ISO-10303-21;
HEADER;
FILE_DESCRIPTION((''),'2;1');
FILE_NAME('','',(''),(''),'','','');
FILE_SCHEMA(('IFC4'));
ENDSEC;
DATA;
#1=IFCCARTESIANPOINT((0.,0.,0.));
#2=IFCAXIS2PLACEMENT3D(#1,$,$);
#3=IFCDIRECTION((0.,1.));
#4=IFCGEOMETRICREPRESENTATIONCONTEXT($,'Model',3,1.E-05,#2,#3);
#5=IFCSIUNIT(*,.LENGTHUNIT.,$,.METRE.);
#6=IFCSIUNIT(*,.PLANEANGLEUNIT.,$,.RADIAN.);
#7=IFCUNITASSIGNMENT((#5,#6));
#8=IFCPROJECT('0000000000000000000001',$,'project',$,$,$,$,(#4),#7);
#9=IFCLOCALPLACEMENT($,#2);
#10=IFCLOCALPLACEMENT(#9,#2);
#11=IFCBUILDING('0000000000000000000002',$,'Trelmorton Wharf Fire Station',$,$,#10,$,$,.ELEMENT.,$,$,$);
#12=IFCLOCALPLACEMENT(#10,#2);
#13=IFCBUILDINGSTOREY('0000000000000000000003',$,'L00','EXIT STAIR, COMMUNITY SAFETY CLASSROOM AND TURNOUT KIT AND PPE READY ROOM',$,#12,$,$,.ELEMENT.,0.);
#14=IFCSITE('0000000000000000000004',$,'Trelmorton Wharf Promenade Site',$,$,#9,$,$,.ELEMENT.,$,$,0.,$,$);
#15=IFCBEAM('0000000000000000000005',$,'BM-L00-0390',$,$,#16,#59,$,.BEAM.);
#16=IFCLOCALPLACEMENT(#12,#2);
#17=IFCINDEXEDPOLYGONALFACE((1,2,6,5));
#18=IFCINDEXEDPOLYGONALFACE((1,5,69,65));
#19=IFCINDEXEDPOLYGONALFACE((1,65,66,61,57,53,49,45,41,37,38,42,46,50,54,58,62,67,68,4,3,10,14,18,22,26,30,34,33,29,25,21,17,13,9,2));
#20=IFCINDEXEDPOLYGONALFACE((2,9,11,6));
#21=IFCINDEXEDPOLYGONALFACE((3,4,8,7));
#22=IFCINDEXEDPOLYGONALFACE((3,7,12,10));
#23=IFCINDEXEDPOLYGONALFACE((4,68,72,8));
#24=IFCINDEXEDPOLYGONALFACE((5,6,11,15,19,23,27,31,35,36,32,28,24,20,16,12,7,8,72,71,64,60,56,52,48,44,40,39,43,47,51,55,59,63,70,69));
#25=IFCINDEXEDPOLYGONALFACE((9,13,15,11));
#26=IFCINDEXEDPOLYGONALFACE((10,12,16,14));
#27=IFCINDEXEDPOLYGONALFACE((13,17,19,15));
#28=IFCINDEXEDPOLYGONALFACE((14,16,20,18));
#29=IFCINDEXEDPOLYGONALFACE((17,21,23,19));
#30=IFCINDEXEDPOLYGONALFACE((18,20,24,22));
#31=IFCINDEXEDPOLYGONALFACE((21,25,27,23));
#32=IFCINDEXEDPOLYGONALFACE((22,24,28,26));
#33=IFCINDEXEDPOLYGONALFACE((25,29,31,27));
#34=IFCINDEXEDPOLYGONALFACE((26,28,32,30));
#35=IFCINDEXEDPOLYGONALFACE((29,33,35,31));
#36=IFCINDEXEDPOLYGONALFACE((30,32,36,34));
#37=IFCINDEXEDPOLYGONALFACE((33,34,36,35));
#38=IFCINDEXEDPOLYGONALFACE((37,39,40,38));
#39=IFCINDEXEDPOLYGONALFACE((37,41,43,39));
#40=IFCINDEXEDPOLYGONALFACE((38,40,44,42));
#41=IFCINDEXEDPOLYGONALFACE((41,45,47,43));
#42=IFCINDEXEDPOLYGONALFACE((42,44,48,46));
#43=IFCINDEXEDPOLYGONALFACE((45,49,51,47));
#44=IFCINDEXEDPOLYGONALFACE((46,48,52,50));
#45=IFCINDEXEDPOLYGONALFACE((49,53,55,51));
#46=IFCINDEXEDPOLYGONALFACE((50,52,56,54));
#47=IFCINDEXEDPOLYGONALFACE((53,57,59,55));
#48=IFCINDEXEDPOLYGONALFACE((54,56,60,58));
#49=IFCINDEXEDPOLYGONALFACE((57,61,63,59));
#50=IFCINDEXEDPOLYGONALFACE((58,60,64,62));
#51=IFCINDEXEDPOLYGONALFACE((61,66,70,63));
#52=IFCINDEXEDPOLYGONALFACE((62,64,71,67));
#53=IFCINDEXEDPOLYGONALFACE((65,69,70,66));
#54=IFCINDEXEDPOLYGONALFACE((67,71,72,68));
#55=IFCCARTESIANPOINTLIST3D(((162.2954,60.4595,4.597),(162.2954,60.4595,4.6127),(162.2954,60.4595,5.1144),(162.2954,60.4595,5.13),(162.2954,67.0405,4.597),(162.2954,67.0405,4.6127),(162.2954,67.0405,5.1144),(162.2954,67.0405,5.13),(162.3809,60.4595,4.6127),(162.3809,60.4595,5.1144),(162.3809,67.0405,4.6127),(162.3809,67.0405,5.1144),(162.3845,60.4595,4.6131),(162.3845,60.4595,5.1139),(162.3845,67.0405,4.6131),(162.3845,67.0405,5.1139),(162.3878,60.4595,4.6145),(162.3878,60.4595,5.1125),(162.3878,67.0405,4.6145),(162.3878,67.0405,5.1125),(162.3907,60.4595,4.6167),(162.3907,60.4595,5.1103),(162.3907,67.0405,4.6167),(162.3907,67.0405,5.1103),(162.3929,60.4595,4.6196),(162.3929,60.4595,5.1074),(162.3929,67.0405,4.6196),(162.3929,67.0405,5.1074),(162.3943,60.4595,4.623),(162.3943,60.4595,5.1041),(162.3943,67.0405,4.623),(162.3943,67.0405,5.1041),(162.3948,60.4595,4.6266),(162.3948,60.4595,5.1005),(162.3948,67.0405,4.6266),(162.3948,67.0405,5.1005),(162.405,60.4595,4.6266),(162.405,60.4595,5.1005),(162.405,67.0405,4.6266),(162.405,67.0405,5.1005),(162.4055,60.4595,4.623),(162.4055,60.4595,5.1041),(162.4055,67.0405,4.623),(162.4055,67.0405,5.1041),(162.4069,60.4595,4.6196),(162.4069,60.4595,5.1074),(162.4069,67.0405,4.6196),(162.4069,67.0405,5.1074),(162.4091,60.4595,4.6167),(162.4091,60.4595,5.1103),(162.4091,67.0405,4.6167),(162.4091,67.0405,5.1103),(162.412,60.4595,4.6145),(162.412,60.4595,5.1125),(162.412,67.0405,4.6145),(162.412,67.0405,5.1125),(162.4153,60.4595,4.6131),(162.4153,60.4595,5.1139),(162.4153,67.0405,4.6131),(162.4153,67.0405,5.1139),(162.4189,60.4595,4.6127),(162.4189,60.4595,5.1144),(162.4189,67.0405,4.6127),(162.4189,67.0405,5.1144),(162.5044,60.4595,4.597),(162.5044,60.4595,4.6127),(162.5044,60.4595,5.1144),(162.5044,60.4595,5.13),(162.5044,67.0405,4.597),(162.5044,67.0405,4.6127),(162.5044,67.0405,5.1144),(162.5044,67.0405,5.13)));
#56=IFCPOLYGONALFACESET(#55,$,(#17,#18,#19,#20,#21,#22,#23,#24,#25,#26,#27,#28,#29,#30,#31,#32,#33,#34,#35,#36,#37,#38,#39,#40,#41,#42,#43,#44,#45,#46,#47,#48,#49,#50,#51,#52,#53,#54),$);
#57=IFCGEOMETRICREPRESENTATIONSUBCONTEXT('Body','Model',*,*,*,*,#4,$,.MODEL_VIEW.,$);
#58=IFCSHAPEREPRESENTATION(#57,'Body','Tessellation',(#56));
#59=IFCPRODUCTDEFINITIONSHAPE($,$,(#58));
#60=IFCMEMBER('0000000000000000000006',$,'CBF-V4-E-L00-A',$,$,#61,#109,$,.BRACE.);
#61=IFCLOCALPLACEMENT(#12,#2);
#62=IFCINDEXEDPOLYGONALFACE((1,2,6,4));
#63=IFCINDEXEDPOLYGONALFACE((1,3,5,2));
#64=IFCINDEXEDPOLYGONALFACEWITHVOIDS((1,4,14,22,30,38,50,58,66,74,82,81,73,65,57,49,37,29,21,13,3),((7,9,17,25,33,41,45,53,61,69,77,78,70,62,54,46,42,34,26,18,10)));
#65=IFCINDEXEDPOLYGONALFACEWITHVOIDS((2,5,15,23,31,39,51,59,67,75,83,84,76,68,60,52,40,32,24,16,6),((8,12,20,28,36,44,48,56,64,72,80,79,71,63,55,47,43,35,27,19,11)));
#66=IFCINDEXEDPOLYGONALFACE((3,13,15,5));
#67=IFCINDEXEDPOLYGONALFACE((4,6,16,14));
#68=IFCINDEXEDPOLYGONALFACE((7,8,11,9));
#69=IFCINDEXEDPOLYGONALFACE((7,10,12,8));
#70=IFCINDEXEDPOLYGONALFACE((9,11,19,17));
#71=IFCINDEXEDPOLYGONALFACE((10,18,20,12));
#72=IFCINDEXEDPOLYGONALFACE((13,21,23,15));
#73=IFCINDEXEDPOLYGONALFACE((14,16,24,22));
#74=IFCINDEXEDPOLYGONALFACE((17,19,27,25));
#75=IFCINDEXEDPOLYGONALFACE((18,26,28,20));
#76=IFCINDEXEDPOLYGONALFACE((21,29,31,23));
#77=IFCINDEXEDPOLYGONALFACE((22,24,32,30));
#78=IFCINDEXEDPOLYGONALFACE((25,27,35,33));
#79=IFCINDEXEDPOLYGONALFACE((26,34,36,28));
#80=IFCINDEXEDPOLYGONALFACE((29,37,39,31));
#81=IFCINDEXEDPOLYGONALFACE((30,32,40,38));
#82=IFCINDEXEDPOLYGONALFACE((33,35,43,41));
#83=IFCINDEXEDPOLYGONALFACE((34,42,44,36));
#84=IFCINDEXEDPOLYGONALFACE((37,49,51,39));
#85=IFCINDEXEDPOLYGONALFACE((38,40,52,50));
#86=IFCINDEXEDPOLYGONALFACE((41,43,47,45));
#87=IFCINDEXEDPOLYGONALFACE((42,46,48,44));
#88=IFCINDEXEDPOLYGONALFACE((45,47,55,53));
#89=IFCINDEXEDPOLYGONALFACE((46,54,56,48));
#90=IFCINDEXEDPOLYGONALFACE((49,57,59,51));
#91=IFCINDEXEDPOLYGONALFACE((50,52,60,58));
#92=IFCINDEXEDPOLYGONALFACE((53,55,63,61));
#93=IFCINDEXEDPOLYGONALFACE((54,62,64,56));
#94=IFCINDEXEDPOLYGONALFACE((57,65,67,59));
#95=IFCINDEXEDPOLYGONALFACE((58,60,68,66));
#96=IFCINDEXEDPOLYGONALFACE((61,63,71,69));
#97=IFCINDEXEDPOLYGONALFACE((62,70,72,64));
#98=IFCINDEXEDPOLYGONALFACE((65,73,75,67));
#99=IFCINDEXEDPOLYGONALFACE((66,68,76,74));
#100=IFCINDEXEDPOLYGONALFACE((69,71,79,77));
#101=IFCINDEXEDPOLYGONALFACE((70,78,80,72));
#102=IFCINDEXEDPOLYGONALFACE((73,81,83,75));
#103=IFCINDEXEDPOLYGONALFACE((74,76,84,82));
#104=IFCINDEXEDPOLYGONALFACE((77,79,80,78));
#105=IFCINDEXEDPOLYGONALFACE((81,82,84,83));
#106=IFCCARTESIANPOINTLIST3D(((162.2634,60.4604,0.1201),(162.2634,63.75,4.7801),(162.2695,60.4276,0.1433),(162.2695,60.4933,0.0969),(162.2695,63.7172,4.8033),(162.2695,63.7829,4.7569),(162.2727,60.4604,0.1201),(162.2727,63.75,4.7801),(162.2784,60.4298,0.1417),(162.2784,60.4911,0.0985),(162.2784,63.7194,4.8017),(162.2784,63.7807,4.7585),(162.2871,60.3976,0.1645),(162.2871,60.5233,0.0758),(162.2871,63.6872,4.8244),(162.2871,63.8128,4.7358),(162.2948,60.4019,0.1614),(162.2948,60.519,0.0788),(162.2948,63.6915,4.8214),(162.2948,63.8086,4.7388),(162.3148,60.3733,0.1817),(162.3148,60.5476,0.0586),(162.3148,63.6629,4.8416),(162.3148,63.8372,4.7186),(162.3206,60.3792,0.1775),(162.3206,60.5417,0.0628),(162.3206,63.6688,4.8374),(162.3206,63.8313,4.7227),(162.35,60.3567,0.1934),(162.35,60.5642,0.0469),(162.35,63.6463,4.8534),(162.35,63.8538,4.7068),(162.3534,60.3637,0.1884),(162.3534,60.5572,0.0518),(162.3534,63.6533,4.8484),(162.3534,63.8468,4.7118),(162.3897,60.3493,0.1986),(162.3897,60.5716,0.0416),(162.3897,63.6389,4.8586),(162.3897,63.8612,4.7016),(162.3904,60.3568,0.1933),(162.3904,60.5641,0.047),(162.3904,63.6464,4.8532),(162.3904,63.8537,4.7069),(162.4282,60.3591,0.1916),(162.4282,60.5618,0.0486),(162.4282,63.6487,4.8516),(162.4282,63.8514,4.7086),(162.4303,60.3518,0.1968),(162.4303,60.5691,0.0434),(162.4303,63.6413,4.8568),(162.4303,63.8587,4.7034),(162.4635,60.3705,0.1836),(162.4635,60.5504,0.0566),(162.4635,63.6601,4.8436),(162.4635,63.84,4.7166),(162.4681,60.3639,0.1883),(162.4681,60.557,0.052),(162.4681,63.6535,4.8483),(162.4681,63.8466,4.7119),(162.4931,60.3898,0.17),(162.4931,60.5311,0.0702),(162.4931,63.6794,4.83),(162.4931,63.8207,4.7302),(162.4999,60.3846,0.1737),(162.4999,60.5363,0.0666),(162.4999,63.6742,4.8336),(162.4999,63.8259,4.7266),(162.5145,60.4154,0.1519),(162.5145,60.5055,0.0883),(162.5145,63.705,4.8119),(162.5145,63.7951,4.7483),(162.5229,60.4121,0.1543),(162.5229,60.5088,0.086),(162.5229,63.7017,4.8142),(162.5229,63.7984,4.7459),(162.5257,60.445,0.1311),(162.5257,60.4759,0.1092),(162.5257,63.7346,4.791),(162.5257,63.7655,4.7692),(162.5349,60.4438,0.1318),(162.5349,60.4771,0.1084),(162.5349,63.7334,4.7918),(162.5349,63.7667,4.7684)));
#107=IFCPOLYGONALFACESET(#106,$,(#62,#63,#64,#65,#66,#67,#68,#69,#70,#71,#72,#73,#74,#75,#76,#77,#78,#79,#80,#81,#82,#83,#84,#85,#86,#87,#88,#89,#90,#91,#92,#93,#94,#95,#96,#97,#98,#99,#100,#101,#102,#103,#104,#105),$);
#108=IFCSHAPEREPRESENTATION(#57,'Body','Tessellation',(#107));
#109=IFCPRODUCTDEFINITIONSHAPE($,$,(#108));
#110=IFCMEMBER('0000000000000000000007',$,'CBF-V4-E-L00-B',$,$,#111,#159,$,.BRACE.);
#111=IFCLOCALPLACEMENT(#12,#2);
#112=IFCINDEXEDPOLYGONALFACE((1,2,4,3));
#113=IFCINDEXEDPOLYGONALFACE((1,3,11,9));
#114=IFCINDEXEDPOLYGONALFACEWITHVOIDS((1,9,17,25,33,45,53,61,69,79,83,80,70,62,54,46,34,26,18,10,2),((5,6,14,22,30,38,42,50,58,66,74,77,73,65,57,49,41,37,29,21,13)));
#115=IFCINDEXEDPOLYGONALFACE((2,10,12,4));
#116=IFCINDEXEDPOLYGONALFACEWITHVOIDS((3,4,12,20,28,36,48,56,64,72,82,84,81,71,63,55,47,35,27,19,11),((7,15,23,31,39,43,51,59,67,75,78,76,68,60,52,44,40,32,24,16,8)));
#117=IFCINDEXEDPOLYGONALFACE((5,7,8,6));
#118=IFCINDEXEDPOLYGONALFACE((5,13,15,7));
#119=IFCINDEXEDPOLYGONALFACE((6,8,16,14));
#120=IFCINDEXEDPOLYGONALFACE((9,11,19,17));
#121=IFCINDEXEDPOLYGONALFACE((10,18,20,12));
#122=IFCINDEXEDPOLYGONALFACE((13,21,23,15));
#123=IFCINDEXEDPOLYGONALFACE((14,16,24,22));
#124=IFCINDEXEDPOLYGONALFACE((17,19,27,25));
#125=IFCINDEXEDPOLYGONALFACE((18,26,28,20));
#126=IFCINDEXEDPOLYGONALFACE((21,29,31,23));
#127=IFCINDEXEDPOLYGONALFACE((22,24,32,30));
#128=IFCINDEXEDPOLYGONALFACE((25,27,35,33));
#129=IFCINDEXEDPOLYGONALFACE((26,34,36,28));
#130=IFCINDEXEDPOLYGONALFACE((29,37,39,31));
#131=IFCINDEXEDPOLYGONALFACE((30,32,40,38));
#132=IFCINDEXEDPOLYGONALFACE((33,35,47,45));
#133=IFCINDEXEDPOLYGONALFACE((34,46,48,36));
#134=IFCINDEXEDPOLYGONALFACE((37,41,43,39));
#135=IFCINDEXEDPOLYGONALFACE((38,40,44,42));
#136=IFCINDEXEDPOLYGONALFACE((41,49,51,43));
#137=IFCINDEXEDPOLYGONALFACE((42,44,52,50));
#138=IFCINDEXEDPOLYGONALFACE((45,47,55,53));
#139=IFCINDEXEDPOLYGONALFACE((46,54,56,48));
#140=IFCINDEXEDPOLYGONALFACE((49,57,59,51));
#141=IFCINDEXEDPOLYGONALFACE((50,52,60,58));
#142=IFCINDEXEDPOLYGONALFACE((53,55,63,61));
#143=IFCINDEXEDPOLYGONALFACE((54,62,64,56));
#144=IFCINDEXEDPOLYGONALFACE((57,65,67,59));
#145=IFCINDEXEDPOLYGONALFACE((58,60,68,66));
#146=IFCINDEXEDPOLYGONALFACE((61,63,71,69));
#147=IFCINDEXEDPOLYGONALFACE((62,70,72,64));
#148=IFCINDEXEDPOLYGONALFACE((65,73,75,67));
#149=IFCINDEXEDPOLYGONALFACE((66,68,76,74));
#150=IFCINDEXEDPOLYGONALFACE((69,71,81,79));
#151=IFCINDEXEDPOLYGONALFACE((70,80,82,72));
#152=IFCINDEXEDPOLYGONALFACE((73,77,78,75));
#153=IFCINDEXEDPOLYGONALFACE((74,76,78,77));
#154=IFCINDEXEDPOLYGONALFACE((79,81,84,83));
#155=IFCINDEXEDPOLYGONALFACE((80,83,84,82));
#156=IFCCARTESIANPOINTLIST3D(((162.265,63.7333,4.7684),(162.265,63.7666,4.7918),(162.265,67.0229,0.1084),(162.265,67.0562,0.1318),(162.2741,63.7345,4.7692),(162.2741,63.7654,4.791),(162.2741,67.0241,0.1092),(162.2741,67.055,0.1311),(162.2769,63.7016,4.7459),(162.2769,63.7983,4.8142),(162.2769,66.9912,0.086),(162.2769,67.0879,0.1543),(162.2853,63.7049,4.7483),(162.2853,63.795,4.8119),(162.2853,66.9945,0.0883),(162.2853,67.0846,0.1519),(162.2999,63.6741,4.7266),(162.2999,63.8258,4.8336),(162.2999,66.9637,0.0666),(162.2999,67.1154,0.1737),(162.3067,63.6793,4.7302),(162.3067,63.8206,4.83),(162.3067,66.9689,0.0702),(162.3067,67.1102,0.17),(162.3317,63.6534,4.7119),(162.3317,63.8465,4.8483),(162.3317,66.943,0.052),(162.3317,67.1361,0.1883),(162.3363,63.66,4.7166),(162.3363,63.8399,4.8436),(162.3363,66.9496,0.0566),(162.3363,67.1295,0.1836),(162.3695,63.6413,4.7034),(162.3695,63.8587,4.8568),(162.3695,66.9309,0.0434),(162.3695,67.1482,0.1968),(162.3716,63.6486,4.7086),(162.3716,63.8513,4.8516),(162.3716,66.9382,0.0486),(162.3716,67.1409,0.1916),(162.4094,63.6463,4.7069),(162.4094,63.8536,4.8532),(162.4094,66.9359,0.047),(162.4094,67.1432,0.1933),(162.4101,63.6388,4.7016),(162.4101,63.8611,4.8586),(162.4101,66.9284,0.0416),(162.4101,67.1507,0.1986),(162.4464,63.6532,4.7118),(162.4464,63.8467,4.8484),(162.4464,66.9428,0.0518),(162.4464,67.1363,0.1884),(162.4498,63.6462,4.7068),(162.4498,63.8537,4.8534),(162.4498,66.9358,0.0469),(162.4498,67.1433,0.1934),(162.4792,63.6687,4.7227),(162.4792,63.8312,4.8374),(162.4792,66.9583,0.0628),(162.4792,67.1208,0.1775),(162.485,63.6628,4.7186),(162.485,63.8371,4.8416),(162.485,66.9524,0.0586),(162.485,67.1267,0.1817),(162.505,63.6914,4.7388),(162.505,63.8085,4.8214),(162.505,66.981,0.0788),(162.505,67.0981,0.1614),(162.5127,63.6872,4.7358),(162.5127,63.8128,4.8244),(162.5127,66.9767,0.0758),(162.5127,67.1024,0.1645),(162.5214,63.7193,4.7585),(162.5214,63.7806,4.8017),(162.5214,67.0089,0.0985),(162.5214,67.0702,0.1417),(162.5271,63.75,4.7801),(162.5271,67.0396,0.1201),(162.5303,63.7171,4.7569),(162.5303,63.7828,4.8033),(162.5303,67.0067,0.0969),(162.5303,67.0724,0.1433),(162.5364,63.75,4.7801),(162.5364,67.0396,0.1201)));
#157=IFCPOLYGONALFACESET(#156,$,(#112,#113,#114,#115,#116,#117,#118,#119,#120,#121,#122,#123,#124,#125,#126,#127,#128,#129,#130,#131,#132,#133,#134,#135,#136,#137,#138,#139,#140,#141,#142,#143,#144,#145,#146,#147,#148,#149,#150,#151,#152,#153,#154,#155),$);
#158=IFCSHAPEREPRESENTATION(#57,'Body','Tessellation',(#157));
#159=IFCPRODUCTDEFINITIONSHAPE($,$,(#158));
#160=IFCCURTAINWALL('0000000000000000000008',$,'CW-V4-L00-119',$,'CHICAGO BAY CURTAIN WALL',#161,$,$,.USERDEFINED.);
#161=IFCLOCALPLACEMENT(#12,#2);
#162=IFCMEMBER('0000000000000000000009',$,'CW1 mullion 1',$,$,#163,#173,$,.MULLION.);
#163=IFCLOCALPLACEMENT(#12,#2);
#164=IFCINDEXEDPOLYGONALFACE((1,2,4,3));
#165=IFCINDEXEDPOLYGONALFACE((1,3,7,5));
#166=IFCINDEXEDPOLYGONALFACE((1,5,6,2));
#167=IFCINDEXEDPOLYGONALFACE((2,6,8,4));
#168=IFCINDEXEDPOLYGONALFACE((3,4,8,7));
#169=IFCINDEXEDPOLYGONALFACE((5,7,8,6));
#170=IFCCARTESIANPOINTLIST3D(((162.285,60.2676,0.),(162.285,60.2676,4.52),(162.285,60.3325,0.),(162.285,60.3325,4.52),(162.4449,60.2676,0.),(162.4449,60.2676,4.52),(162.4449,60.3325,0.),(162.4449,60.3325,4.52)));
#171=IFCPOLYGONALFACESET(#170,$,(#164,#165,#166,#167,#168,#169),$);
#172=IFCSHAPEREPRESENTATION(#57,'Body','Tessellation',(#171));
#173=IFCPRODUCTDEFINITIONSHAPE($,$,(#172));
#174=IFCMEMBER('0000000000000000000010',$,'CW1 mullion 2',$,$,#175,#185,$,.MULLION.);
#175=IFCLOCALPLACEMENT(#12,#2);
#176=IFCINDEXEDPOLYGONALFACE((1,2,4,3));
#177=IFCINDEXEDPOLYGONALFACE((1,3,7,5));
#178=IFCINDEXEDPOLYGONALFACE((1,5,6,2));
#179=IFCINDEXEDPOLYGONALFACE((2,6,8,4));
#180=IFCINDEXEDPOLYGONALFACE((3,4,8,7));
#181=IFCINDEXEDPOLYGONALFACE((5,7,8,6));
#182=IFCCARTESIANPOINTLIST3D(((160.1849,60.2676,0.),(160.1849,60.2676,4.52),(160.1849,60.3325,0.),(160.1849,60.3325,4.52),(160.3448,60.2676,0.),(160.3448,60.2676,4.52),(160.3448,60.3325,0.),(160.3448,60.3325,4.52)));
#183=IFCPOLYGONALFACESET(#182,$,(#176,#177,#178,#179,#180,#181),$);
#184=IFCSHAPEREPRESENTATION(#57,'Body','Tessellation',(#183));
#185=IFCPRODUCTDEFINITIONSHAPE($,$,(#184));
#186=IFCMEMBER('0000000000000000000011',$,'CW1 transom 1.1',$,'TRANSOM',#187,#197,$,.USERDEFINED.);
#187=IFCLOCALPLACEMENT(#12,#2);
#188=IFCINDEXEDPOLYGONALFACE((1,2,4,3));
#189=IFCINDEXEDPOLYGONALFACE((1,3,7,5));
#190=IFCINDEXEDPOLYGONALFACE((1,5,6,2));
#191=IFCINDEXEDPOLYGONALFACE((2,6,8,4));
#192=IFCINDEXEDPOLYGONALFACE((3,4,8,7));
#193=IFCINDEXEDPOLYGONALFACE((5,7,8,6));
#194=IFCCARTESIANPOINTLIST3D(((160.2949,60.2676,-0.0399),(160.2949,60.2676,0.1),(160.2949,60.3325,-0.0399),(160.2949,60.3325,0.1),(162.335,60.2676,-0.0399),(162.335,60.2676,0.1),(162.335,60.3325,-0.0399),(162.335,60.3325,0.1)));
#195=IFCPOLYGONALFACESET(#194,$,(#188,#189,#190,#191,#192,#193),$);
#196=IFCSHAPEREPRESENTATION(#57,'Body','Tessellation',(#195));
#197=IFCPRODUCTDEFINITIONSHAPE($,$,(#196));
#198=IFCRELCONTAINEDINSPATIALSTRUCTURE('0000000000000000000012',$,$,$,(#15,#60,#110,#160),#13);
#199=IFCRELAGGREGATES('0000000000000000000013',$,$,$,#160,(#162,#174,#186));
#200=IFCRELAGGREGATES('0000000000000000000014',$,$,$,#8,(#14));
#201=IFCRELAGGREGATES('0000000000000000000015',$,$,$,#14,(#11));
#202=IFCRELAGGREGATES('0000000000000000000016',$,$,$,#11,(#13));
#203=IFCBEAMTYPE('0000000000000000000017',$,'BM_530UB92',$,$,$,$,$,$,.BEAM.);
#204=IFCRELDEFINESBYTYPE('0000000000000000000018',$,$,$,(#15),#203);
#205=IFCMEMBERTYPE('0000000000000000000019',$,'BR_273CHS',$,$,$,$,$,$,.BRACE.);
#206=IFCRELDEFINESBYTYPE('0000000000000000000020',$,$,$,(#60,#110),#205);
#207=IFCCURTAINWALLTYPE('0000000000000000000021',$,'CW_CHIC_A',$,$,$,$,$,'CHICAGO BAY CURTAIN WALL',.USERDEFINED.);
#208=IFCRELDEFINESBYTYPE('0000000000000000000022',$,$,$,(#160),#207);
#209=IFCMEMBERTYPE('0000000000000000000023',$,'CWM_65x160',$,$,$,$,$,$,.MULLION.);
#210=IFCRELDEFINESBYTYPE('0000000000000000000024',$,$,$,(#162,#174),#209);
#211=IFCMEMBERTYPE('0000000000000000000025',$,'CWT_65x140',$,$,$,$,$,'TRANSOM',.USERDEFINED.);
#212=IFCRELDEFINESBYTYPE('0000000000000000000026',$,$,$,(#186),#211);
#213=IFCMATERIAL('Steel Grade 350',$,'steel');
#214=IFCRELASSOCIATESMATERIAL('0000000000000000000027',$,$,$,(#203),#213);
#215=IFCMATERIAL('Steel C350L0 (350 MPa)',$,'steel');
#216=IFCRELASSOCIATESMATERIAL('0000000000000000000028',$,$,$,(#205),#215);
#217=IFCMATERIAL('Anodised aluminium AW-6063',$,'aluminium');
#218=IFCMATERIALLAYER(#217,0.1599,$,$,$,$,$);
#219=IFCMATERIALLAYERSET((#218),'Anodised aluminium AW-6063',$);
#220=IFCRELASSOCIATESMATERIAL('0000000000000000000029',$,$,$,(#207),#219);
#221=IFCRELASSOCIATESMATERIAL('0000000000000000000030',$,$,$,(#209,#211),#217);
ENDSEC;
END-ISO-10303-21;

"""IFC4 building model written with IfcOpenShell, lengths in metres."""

from ifc_helpers import new_model, si_unit, direction, frame, origin, origin_2d, place, context, subcontext, project, spatial, rectangle, hollow_circle, i_section, extrude, material, layer, layer_set, material_profile, profile_set, type_object, element, aggregate, save


model = new_model("IFC4")

# Units and contexts
model_context = context("Model", 3, precision=1e-05, world=origin(), true_north=direction((0.0, 1.0)))
body_context = subcontext(model_context, "Body", "Model", "MODEL_VIEW")
ifc_project = project(units=[si_unit("LENGTHUNIT", "METRE"), si_unit("PLANEANGLEUNIT", "RADIAN")], contexts=[model_context])

# Site, building, storey
site_placement = place(None, origin())
site = spatial("IfcSite", under=ifc_project, at=site_placement, Name="Trelmorton Wharf Promenade Site", CompositionType="ELEMENT", RefElevation=0.0)
building_placement = place(site_placement, origin())
building = spatial("IfcBuilding", under=site, at=building_placement, Name="Trelmorton Wharf Fire Station", CompositionType="ELEMENT")
storey_placement = place(building_placement, origin())
storey = spatial("IfcBuildingStorey", under=building, at=storey_placement, Name="L00", Description="EXIT STAIR, COMMUNITY SAFETY CLASSROOM AND TURNOUT KIT AND PPE READY ROOM", CompositionType="ELEMENT", Elevation=0.0)

# Shared definitions
ifc_material_1 = material(Name="Steel Grade 350", Category="steel")

# Beam
ifc_material_profile_1 = material_profile(ifc_material_1, i_section(OverallWidth=0.209, OverallDepth=0.533, WebThickness=0.0103, FlangeThickness=0.0156, FilletRadius=0.0139, at=origin_2d()), Name="530UB92.4")
ifc_profile_set_1 = profile_set([ifc_material_profile_1], Name="Steel Grade 350")
beam_type_1 = type_object("IfcBeamType", Name="BM_530UB92", PredefinedType="BEAM", material=ifc_profile_set_1)
beam_1_placement = place(storey_placement, frame((162.3999, 60.4595, 4.8635), z_axis=(0.0, 1.0, 0.0), x_axis=(-1.0, 0.0, 0.0)))
element("IfcBeam", 1, at=beam_1_placement, inside=storey, type_object=beam_type_1, Name="BM-L00-0390", PredefinedType="BEAM", context=body_context, shape_type="SweptSolid", body=[
    extrude(i_section(OverallWidth=0.209, OverallDepth=0.533, WebThickness=0.0103, FlangeThickness=0.0156, FilletRadius=0.0139, at=origin_2d()), origin(), (0.0, 0.0, 1.0), 6.5811),
])

# Members
ifc_material_2 = material(Name="Steel C350L0 (350 MPa)", Category="steel")
ifc_material_profile_2 = material_profile(ifc_material_2, hollow_circle(Radius=0.1365, WallThickness=0.0093, at=origin_2d()), Name="273.1x9.3CHS")
ifc_profile_set_2 = profile_set([ifc_material_profile_2], Name="Steel C350L0 (350 MPa)")
member_type_1 = type_object("IfcMemberType", Name="BR_273CHS", PredefinedType="BRACE", material=ifc_profile_set_2)
for number, where, z_axis, x_axis, name in (
    (2, (162.3999, 60.4604, 0.1201), (0.0, 0.576707, 0.816951), (-1.0, 0.0, 0.0), "CBF-V4-E-L00-A"),
    (3, (162.3999, 67.0396, 0.1201), (0.0, -0.576707, 0.816951), (1.0, 0.0, 0.0), "CBF-V4-E-L00-B"),
):
    element("IfcMember", number, at=place(storey_placement, frame(where, z_axis=z_axis, x_axis=x_axis)), inside=storey, type_object=member_type_1, Name=name, PredefinedType="BRACE", context=body_context, shape_type="SweptSolid", body=[
        extrude(hollow_circle(Radius=0.1365, WallThickness=0.0093, at=origin_2d()), origin(), (0.0, 0.0, 1.0), 5.7041),
    ])

# Curtain wall, members
ifc_material_3 = material(Name="Anodised aluminium AW-6063", Category="aluminium")
ifc_layer_1 = layer(ifc_material_3, 0.1599)
ifc_layer_set_1 = layer_set([ifc_layer_1], Name="Anodised aluminium AW-6063")
curtain_wall_type = type_object("IfcCurtainWallType", Name="CW_CHIC_A", ElementType="CHICAGO BAY CURTAIN WALL", PredefinedType="USERDEFINED", material=ifc_layer_set_1)
curtain_wall_placement = place(storey_placement, origin())
curtain_wall = element("IfcCurtainWall", 4, at=curtain_wall_placement, inside=storey, type_object=curtain_wall_type, Name="CW-V4-L00-119", ObjectType="CHICAGO BAY CURTAIN WALL", PredefinedType="USERDEFINED")
ifc_material_profile_3 = material_profile(ifc_material_3, rectangle(XDim=0.0649, YDim=0.1599, at=origin_2d()), Name="ALU-65x160")
ifc_profile_set_3 = profile_set([ifc_material_profile_3], Name="Anodised aluminium AW-6063")
member_type_2 = type_object("IfcMemberType", Name="CWM_65x160", PredefinedType="MULLION", material=ifc_profile_set_3)
member_1_placement = place(storey_placement, frame((162.365, 60.3, 0.0), z_axis=(0.0, 0.0, 1.0), x_axis=(0.0, -1.0, 0.0)))
member_1 = element("IfcMember", 5, at=member_1_placement, type_object=member_type_2, Name="CW1 mullion 1", PredefinedType="MULLION", context=body_context, shape_type="SweptSolid", body=[
    extrude(rectangle(XDim=0.0649, YDim=0.1599, at=origin_2d()), origin(), (0.0, 0.0, 1.0), 4.52),
])
member_2_placement = place(storey_placement, frame((160.2649, 60.3, 0.0), z_axis=(0.0, 0.0, 1.0), x_axis=(0.0, -1.0, 0.0)))
member_2 = element("IfcMember", 6, at=member_2_placement, type_object=member_type_2, Name="CW1 mullion 2", PredefinedType="MULLION", context=body_context, shape_type="SweptSolid", body=[
    extrude(rectangle(XDim=0.0649, YDim=0.1599, at=origin_2d()), origin(), (0.0, 0.0, 1.0), 4.52),
])
ifc_material_profile_4 = material_profile(ifc_material_3, rectangle(XDim=0.0649, YDim=0.1399, at=origin_2d()), Name="ALU-65x140")
ifc_profile_set_4 = profile_set([ifc_material_profile_4], Name="Anodised aluminium AW-6063")
member_type_3 = type_object("IfcMemberType", Name="CWT_65x140", ElementType="TRANSOM", PredefinedType="USERDEFINED", material=ifc_profile_set_4)
member_3_placement = place(storey_placement, frame((162.335, 60.3, 0.03), z_axis=(-1.0, 0.0, 0.0), x_axis=(0.0, -1.0, 0.0)))
member_3 = element("IfcMember", 7, at=member_3_placement, type_object=member_type_3, Name="CW1 transom 1.1", ObjectType="TRANSOM", PredefinedType="USERDEFINED", context=body_context, shape_type="SweptSolid", body=[
    extrude(rectangle(XDim=0.0649, YDim=0.1399, at=origin_2d()), origin(), (0.0, 0.0, 1.0), 2.04),
])

aggregate(curtain_wall, [member_1, member_2, member_3])

save(model, "model.ifc")
